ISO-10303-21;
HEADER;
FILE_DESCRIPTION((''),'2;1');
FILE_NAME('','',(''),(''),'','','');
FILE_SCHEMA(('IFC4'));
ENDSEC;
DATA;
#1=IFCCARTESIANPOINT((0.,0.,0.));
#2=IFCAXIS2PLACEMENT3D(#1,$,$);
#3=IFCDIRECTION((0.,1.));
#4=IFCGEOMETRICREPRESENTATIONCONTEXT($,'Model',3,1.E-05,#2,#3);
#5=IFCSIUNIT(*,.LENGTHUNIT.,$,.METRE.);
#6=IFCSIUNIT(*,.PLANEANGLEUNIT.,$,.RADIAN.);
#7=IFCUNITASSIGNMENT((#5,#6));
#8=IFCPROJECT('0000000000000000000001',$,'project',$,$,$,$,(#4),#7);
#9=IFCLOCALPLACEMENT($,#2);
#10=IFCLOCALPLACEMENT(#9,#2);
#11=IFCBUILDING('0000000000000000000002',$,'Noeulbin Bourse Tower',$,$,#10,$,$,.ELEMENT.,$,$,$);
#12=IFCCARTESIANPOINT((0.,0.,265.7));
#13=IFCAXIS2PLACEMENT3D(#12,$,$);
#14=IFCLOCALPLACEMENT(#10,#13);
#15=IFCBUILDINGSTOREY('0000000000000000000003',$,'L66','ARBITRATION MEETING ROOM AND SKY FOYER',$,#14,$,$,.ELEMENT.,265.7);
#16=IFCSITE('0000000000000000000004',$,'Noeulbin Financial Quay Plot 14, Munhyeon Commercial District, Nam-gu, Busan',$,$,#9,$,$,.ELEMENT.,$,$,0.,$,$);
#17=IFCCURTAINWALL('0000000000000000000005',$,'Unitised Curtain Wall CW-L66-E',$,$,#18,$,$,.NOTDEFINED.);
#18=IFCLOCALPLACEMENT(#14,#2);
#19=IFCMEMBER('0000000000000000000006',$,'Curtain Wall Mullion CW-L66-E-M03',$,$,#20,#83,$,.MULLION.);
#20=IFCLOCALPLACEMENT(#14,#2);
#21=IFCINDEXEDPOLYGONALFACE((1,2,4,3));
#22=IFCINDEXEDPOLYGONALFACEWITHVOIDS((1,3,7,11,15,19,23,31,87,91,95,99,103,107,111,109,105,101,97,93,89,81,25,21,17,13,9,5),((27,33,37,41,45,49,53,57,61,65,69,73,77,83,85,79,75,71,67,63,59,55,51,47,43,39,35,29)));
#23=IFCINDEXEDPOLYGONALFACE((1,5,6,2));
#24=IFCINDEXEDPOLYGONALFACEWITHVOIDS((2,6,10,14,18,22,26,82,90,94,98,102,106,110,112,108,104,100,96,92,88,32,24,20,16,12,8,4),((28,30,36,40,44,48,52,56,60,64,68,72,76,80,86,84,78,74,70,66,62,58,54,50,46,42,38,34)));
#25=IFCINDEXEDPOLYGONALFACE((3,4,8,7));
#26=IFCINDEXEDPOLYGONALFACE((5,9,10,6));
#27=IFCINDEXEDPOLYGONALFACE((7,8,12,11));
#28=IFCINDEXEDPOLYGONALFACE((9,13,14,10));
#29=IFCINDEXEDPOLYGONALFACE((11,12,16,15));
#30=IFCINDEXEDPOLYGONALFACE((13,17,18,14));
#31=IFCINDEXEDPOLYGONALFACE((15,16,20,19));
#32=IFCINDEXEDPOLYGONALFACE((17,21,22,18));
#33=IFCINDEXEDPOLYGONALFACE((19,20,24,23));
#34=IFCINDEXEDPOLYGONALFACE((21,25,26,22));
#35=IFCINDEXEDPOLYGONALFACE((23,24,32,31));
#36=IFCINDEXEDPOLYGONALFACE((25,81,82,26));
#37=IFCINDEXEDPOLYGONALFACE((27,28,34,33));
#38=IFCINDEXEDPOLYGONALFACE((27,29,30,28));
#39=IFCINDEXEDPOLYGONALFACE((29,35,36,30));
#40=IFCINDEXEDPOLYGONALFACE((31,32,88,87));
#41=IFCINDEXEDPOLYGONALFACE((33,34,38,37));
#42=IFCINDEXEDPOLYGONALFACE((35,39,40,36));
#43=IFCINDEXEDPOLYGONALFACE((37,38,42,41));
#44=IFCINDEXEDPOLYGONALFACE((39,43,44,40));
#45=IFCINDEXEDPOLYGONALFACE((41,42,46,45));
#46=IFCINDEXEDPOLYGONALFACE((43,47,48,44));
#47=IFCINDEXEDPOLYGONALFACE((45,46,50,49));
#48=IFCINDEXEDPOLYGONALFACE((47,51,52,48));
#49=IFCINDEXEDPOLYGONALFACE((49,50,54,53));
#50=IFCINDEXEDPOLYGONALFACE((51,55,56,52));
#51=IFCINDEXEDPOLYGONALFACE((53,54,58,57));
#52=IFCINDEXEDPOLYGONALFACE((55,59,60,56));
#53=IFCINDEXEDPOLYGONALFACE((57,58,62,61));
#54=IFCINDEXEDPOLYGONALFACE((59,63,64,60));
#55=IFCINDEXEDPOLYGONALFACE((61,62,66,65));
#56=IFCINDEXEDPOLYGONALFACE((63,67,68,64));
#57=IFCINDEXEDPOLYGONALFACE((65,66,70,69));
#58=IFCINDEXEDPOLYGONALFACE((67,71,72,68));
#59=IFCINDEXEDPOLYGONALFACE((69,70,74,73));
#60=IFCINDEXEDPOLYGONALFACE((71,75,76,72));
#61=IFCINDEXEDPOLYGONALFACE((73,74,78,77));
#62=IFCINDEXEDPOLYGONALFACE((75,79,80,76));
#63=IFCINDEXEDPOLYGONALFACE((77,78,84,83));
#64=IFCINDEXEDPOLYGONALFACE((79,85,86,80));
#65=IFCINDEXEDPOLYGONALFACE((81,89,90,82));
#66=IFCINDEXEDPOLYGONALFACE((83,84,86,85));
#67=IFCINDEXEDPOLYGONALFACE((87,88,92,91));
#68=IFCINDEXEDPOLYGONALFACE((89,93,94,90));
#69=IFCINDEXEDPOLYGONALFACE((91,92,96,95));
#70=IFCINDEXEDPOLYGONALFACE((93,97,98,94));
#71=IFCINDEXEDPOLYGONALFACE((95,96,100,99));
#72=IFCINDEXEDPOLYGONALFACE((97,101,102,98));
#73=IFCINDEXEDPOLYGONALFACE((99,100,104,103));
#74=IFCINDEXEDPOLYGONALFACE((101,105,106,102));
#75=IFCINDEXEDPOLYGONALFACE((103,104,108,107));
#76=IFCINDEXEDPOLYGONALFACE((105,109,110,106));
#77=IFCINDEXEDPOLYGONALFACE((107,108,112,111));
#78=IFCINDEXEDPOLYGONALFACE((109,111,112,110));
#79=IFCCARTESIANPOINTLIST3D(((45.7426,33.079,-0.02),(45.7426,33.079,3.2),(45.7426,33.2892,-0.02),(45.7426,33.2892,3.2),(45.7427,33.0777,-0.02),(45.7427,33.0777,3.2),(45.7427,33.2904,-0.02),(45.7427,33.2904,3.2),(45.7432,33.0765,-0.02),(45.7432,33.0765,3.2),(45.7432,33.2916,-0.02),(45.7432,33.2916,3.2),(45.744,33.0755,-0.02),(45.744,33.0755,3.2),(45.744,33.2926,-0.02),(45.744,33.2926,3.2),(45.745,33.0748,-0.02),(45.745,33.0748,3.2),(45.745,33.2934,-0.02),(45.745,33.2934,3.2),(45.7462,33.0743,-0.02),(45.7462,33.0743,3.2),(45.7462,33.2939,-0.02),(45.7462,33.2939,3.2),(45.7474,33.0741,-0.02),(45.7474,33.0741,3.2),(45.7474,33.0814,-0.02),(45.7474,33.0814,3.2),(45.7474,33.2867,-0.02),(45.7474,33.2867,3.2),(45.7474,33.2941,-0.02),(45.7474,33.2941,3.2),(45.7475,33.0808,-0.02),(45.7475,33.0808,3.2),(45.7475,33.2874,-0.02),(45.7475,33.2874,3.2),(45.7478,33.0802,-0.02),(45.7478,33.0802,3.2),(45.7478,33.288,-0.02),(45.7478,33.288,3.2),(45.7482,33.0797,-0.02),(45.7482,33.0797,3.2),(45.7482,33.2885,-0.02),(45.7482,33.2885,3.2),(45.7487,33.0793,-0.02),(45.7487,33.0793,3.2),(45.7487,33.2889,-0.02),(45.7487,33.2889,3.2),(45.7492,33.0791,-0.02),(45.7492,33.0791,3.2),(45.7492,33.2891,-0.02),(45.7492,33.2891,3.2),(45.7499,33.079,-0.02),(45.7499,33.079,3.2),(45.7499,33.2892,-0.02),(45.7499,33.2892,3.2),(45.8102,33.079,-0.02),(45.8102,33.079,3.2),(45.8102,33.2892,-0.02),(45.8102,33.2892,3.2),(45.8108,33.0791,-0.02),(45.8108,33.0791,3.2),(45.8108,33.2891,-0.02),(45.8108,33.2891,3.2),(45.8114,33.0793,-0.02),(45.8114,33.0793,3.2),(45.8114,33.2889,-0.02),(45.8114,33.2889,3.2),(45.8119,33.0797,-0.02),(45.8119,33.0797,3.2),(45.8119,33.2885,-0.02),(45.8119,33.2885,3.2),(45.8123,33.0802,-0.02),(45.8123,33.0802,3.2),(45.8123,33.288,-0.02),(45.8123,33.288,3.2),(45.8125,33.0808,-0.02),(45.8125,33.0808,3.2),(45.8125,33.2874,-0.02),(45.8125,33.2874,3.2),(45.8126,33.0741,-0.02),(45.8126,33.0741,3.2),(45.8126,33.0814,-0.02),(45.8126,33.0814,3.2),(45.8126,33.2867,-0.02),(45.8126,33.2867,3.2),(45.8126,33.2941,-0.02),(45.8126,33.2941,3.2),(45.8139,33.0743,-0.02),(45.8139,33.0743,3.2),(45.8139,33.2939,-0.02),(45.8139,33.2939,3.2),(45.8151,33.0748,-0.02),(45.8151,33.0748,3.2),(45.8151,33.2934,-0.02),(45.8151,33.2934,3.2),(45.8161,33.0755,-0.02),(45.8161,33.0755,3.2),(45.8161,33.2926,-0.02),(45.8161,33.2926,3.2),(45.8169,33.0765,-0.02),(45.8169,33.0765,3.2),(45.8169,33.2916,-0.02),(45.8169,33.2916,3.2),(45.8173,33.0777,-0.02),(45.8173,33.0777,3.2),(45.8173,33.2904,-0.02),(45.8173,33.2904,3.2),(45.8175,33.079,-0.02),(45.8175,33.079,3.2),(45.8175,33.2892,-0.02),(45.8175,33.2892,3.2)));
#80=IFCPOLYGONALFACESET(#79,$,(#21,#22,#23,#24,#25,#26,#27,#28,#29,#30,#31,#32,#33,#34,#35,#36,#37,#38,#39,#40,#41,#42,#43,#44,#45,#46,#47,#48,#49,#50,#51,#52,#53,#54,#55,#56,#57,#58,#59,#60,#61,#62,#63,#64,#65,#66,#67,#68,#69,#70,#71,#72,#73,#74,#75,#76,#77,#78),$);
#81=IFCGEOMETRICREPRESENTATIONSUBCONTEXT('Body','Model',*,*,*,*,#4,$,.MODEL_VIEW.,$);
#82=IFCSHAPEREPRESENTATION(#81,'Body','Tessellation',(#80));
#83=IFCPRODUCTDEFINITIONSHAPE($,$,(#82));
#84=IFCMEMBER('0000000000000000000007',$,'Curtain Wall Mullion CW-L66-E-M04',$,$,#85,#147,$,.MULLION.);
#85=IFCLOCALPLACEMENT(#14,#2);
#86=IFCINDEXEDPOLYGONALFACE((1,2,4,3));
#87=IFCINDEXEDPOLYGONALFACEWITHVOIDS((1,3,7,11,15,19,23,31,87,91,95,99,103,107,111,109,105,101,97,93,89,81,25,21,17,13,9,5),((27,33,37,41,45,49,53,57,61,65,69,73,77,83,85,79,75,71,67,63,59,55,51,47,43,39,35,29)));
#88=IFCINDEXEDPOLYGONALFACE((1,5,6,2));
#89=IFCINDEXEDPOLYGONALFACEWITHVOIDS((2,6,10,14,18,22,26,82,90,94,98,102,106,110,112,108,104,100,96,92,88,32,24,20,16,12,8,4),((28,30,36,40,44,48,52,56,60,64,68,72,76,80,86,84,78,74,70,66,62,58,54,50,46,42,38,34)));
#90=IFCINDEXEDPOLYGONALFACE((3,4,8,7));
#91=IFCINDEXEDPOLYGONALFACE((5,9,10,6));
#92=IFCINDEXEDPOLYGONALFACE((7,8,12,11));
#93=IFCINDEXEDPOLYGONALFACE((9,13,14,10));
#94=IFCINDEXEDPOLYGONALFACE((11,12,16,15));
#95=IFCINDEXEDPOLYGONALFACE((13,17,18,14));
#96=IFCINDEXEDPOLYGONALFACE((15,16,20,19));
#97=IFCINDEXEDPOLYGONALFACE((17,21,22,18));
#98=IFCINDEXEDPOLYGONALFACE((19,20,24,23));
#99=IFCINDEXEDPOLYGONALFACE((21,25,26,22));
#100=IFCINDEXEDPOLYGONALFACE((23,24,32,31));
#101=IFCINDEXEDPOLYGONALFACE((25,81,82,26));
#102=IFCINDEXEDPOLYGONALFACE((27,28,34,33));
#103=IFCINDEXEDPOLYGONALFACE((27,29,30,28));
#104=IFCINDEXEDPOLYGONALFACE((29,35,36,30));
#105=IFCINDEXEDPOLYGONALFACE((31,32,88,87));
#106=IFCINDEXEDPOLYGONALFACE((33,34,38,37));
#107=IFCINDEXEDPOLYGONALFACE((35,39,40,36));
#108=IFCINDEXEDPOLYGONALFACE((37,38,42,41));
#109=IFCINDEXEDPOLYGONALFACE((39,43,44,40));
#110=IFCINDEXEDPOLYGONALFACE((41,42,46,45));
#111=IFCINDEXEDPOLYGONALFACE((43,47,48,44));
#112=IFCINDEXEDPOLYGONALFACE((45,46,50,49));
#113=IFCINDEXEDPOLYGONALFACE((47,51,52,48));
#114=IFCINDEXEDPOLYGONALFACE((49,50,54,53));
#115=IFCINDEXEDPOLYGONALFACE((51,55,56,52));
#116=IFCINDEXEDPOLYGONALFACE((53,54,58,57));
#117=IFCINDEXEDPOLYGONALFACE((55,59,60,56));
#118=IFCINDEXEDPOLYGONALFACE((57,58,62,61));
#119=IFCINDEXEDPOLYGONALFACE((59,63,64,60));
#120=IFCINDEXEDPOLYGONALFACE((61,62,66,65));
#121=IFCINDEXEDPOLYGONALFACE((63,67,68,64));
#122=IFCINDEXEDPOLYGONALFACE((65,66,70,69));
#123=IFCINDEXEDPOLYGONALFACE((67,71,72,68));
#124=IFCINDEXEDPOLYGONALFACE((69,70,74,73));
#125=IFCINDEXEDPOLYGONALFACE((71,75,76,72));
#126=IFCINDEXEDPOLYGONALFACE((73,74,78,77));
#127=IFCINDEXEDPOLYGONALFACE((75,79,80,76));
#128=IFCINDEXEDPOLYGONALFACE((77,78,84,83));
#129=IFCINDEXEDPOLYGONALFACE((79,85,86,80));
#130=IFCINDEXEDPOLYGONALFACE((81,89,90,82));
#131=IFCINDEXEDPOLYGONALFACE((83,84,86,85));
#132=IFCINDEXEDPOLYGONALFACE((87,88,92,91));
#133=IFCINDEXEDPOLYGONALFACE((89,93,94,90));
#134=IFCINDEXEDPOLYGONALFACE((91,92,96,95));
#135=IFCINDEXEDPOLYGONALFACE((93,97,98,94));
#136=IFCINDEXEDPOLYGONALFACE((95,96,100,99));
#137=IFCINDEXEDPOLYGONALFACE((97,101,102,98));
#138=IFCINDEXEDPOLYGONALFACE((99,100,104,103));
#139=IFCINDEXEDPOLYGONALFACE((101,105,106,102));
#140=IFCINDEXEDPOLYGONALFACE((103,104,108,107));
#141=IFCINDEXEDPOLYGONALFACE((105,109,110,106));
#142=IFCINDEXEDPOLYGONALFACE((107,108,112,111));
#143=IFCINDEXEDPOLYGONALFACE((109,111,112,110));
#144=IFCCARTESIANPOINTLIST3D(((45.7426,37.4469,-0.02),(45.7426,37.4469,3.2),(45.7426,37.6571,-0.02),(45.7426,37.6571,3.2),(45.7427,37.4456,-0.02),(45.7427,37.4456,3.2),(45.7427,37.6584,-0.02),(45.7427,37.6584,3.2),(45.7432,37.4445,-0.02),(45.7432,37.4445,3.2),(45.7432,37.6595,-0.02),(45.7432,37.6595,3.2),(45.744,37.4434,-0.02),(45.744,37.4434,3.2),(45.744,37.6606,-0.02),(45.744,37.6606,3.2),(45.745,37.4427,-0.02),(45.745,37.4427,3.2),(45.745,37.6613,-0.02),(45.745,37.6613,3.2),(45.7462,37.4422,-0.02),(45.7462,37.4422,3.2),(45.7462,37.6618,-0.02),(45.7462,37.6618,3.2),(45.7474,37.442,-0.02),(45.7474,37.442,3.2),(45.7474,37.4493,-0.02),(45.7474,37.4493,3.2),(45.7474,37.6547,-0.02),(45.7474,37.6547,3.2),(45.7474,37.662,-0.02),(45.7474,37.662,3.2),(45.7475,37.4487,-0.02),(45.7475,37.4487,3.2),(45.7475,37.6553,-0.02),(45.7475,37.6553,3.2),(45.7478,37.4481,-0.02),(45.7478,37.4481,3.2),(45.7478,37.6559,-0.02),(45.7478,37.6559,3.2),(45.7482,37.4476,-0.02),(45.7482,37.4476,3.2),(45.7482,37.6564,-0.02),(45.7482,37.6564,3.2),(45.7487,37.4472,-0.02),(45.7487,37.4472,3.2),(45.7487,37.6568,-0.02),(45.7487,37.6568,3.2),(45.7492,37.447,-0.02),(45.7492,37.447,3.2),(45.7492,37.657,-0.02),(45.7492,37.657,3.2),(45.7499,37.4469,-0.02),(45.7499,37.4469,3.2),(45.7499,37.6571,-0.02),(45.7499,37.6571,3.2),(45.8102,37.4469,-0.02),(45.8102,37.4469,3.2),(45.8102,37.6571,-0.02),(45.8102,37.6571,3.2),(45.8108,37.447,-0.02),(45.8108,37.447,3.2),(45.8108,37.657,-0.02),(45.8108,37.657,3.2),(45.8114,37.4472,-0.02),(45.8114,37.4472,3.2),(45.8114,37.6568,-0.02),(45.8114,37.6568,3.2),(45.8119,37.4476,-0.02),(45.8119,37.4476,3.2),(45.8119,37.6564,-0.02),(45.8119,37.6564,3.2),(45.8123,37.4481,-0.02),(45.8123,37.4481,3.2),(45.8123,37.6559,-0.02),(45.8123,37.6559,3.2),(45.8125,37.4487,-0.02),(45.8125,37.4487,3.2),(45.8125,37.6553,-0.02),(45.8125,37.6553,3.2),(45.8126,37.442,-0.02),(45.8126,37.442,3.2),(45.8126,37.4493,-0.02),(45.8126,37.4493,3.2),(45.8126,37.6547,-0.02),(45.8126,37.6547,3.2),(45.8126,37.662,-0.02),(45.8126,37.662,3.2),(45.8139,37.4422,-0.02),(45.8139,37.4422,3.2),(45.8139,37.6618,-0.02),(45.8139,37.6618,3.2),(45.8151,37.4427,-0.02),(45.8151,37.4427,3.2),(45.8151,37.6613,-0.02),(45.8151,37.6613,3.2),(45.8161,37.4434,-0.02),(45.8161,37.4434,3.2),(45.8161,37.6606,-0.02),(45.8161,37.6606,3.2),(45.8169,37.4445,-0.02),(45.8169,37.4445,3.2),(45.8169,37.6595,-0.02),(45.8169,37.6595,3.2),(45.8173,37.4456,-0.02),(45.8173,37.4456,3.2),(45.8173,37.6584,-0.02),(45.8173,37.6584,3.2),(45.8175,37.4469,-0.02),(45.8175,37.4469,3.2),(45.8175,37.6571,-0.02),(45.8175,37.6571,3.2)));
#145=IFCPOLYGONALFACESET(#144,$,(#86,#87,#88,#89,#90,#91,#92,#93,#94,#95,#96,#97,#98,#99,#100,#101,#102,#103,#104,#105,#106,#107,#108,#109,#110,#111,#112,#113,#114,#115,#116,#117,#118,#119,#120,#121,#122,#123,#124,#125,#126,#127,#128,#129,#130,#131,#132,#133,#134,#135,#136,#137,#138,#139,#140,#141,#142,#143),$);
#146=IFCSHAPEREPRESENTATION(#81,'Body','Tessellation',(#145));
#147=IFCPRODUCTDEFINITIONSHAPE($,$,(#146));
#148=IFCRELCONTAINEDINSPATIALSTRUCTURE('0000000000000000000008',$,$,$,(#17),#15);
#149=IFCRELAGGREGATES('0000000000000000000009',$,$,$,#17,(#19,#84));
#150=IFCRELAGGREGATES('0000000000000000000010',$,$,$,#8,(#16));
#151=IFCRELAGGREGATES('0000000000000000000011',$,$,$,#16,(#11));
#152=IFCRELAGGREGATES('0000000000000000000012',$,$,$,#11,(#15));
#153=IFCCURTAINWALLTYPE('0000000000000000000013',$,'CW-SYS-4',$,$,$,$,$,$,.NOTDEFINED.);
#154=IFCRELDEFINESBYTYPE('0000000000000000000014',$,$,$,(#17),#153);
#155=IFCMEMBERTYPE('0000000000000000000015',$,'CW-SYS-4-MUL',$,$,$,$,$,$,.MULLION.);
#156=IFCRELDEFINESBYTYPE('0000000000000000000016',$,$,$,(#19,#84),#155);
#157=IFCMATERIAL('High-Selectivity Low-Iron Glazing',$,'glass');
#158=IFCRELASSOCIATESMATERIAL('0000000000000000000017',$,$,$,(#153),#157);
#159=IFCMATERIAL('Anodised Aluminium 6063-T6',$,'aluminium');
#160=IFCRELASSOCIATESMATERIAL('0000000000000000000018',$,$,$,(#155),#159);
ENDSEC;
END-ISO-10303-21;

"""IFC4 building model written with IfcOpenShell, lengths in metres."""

from ifc_helpers import new_model, si_unit, direction, frame, origin, origin_2d, place, context, subcontext, project, spatial, hollow_rectangle, extrude, material, material_profile, profile_set, type_object, element, aggregate, save


model = new_model("IFC4")

# Units and contexts
model_context = context("Model", 3, precision=1e-05, world=origin(), true_north=direction((0.0, 1.0)))
body_context = subcontext(model_context, "Body", "Model", "MODEL_VIEW")
ifc_project = project(units=[si_unit("LENGTHUNIT", "METRE"), si_unit("PLANEANGLEUNIT", "RADIAN")], contexts=[model_context])

# Site, building, storey
site_placement = place(None, origin())
site = spatial("IfcSite", under=ifc_project, at=site_placement, Name="Noeulbin Financial Quay Plot 14, Munhyeon Commercial District, Nam-gu, Busan", CompositionType="ELEMENT", RefElevation=0.0)
building_placement = place(site_placement, origin())
building = spatial("IfcBuilding", under=site, at=building_placement, Name="Noeulbin Bourse Tower", CompositionType="ELEMENT")
storey_placement = place(building_placement, frame((0.0, 0.0, 265.7)))
storey = spatial("IfcBuildingStorey", under=building, at=storey_placement, Name="L66", Description="ARBITRATION MEETING ROOM AND SKY FOYER", CompositionType="ELEMENT", Elevation=265.7)

# Curtain wall, members
ifc_material_1 = material(Name="High-Selectivity Low-Iron Glazing", Category="glass")
curtain_wall_type = type_object("IfcCurtainWallType", Name="CW-SYS-4", PredefinedType="NOTDEFINED", material=ifc_material_1)
ifc_material_2 = material(Name="Anodised Aluminium 6063-T6", Category="aluminium")
ifc_material_profile_1 = material_profile(ifc_material_2, hollow_rectangle(XDim=0.075, YDim=0.22, WallThickness=0.0049, InnerFilletRadius=0.0024, OuterFilletRadius=0.0049, at=origin_2d()), Name="ALU-MULL-75x220x5", Category="LoadBearing")
ifc_profile_set_1 = profile_set([ifc_material_profile_1], Name="Anodised Aluminium 6063-T6")
member_type_1 = type_object("IfcMemberType", Name="CW-SYS-4-MUL", PredefinedType="MULLION", material=ifc_profile_set_1)
curtain_wall_1_placement = place(storey_placement, origin())
curtain_wall_1 = element("IfcCurtainWall", 1, at=curtain_wall_1_placement, inside=storey, type_object=curtain_wall_type, Name="Unitised Curtain Wall CW-L66-E", PredefinedType="NOTDEFINED")
member_1_placement = place(storey_placement, frame((45.78, 33.1841, -0.02), z_axis=(0.0, 0.0, 1.0), x_axis=(1.0, 0.0, 0.0)))
member_1 = element("IfcMember", 2, at=member_1_placement, type_object=member_type_1, Name="Curtain Wall Mullion CW-L66-E-M03", PredefinedType="MULLION", context=body_context, shape_type="SweptSolid", body=[
    extrude(hollow_rectangle(XDim=0.075, YDim=0.22, WallThickness=0.0049, InnerFilletRadius=0.0024, OuterFilletRadius=0.0049, at=origin_2d()), origin(), (0.0, 0.0, 1.0), 3.22),
])
member_2_placement = place(storey_placement, frame((45.78, 37.552, -0.02), z_axis=(0.0, 0.0, 1.0), x_axis=(1.0, 0.0, 0.0)))
member_2 = element("IfcMember", 3, at=member_2_placement, type_object=member_type_1, Name="Curtain Wall Mullion CW-L66-E-M04", PredefinedType="MULLION", context=body_context, shape_type="SweptSolid", body=[
    extrude(hollow_rectangle(XDim=0.075, YDim=0.22, WallThickness=0.0049, InnerFilletRadius=0.0024, OuterFilletRadius=0.0049, at=origin_2d()), origin(), (0.0, 0.0, 1.0), 3.22),
])

aggregate(curtain_wall_1, [member_1, member_2])

save(model, "model.ifc")
